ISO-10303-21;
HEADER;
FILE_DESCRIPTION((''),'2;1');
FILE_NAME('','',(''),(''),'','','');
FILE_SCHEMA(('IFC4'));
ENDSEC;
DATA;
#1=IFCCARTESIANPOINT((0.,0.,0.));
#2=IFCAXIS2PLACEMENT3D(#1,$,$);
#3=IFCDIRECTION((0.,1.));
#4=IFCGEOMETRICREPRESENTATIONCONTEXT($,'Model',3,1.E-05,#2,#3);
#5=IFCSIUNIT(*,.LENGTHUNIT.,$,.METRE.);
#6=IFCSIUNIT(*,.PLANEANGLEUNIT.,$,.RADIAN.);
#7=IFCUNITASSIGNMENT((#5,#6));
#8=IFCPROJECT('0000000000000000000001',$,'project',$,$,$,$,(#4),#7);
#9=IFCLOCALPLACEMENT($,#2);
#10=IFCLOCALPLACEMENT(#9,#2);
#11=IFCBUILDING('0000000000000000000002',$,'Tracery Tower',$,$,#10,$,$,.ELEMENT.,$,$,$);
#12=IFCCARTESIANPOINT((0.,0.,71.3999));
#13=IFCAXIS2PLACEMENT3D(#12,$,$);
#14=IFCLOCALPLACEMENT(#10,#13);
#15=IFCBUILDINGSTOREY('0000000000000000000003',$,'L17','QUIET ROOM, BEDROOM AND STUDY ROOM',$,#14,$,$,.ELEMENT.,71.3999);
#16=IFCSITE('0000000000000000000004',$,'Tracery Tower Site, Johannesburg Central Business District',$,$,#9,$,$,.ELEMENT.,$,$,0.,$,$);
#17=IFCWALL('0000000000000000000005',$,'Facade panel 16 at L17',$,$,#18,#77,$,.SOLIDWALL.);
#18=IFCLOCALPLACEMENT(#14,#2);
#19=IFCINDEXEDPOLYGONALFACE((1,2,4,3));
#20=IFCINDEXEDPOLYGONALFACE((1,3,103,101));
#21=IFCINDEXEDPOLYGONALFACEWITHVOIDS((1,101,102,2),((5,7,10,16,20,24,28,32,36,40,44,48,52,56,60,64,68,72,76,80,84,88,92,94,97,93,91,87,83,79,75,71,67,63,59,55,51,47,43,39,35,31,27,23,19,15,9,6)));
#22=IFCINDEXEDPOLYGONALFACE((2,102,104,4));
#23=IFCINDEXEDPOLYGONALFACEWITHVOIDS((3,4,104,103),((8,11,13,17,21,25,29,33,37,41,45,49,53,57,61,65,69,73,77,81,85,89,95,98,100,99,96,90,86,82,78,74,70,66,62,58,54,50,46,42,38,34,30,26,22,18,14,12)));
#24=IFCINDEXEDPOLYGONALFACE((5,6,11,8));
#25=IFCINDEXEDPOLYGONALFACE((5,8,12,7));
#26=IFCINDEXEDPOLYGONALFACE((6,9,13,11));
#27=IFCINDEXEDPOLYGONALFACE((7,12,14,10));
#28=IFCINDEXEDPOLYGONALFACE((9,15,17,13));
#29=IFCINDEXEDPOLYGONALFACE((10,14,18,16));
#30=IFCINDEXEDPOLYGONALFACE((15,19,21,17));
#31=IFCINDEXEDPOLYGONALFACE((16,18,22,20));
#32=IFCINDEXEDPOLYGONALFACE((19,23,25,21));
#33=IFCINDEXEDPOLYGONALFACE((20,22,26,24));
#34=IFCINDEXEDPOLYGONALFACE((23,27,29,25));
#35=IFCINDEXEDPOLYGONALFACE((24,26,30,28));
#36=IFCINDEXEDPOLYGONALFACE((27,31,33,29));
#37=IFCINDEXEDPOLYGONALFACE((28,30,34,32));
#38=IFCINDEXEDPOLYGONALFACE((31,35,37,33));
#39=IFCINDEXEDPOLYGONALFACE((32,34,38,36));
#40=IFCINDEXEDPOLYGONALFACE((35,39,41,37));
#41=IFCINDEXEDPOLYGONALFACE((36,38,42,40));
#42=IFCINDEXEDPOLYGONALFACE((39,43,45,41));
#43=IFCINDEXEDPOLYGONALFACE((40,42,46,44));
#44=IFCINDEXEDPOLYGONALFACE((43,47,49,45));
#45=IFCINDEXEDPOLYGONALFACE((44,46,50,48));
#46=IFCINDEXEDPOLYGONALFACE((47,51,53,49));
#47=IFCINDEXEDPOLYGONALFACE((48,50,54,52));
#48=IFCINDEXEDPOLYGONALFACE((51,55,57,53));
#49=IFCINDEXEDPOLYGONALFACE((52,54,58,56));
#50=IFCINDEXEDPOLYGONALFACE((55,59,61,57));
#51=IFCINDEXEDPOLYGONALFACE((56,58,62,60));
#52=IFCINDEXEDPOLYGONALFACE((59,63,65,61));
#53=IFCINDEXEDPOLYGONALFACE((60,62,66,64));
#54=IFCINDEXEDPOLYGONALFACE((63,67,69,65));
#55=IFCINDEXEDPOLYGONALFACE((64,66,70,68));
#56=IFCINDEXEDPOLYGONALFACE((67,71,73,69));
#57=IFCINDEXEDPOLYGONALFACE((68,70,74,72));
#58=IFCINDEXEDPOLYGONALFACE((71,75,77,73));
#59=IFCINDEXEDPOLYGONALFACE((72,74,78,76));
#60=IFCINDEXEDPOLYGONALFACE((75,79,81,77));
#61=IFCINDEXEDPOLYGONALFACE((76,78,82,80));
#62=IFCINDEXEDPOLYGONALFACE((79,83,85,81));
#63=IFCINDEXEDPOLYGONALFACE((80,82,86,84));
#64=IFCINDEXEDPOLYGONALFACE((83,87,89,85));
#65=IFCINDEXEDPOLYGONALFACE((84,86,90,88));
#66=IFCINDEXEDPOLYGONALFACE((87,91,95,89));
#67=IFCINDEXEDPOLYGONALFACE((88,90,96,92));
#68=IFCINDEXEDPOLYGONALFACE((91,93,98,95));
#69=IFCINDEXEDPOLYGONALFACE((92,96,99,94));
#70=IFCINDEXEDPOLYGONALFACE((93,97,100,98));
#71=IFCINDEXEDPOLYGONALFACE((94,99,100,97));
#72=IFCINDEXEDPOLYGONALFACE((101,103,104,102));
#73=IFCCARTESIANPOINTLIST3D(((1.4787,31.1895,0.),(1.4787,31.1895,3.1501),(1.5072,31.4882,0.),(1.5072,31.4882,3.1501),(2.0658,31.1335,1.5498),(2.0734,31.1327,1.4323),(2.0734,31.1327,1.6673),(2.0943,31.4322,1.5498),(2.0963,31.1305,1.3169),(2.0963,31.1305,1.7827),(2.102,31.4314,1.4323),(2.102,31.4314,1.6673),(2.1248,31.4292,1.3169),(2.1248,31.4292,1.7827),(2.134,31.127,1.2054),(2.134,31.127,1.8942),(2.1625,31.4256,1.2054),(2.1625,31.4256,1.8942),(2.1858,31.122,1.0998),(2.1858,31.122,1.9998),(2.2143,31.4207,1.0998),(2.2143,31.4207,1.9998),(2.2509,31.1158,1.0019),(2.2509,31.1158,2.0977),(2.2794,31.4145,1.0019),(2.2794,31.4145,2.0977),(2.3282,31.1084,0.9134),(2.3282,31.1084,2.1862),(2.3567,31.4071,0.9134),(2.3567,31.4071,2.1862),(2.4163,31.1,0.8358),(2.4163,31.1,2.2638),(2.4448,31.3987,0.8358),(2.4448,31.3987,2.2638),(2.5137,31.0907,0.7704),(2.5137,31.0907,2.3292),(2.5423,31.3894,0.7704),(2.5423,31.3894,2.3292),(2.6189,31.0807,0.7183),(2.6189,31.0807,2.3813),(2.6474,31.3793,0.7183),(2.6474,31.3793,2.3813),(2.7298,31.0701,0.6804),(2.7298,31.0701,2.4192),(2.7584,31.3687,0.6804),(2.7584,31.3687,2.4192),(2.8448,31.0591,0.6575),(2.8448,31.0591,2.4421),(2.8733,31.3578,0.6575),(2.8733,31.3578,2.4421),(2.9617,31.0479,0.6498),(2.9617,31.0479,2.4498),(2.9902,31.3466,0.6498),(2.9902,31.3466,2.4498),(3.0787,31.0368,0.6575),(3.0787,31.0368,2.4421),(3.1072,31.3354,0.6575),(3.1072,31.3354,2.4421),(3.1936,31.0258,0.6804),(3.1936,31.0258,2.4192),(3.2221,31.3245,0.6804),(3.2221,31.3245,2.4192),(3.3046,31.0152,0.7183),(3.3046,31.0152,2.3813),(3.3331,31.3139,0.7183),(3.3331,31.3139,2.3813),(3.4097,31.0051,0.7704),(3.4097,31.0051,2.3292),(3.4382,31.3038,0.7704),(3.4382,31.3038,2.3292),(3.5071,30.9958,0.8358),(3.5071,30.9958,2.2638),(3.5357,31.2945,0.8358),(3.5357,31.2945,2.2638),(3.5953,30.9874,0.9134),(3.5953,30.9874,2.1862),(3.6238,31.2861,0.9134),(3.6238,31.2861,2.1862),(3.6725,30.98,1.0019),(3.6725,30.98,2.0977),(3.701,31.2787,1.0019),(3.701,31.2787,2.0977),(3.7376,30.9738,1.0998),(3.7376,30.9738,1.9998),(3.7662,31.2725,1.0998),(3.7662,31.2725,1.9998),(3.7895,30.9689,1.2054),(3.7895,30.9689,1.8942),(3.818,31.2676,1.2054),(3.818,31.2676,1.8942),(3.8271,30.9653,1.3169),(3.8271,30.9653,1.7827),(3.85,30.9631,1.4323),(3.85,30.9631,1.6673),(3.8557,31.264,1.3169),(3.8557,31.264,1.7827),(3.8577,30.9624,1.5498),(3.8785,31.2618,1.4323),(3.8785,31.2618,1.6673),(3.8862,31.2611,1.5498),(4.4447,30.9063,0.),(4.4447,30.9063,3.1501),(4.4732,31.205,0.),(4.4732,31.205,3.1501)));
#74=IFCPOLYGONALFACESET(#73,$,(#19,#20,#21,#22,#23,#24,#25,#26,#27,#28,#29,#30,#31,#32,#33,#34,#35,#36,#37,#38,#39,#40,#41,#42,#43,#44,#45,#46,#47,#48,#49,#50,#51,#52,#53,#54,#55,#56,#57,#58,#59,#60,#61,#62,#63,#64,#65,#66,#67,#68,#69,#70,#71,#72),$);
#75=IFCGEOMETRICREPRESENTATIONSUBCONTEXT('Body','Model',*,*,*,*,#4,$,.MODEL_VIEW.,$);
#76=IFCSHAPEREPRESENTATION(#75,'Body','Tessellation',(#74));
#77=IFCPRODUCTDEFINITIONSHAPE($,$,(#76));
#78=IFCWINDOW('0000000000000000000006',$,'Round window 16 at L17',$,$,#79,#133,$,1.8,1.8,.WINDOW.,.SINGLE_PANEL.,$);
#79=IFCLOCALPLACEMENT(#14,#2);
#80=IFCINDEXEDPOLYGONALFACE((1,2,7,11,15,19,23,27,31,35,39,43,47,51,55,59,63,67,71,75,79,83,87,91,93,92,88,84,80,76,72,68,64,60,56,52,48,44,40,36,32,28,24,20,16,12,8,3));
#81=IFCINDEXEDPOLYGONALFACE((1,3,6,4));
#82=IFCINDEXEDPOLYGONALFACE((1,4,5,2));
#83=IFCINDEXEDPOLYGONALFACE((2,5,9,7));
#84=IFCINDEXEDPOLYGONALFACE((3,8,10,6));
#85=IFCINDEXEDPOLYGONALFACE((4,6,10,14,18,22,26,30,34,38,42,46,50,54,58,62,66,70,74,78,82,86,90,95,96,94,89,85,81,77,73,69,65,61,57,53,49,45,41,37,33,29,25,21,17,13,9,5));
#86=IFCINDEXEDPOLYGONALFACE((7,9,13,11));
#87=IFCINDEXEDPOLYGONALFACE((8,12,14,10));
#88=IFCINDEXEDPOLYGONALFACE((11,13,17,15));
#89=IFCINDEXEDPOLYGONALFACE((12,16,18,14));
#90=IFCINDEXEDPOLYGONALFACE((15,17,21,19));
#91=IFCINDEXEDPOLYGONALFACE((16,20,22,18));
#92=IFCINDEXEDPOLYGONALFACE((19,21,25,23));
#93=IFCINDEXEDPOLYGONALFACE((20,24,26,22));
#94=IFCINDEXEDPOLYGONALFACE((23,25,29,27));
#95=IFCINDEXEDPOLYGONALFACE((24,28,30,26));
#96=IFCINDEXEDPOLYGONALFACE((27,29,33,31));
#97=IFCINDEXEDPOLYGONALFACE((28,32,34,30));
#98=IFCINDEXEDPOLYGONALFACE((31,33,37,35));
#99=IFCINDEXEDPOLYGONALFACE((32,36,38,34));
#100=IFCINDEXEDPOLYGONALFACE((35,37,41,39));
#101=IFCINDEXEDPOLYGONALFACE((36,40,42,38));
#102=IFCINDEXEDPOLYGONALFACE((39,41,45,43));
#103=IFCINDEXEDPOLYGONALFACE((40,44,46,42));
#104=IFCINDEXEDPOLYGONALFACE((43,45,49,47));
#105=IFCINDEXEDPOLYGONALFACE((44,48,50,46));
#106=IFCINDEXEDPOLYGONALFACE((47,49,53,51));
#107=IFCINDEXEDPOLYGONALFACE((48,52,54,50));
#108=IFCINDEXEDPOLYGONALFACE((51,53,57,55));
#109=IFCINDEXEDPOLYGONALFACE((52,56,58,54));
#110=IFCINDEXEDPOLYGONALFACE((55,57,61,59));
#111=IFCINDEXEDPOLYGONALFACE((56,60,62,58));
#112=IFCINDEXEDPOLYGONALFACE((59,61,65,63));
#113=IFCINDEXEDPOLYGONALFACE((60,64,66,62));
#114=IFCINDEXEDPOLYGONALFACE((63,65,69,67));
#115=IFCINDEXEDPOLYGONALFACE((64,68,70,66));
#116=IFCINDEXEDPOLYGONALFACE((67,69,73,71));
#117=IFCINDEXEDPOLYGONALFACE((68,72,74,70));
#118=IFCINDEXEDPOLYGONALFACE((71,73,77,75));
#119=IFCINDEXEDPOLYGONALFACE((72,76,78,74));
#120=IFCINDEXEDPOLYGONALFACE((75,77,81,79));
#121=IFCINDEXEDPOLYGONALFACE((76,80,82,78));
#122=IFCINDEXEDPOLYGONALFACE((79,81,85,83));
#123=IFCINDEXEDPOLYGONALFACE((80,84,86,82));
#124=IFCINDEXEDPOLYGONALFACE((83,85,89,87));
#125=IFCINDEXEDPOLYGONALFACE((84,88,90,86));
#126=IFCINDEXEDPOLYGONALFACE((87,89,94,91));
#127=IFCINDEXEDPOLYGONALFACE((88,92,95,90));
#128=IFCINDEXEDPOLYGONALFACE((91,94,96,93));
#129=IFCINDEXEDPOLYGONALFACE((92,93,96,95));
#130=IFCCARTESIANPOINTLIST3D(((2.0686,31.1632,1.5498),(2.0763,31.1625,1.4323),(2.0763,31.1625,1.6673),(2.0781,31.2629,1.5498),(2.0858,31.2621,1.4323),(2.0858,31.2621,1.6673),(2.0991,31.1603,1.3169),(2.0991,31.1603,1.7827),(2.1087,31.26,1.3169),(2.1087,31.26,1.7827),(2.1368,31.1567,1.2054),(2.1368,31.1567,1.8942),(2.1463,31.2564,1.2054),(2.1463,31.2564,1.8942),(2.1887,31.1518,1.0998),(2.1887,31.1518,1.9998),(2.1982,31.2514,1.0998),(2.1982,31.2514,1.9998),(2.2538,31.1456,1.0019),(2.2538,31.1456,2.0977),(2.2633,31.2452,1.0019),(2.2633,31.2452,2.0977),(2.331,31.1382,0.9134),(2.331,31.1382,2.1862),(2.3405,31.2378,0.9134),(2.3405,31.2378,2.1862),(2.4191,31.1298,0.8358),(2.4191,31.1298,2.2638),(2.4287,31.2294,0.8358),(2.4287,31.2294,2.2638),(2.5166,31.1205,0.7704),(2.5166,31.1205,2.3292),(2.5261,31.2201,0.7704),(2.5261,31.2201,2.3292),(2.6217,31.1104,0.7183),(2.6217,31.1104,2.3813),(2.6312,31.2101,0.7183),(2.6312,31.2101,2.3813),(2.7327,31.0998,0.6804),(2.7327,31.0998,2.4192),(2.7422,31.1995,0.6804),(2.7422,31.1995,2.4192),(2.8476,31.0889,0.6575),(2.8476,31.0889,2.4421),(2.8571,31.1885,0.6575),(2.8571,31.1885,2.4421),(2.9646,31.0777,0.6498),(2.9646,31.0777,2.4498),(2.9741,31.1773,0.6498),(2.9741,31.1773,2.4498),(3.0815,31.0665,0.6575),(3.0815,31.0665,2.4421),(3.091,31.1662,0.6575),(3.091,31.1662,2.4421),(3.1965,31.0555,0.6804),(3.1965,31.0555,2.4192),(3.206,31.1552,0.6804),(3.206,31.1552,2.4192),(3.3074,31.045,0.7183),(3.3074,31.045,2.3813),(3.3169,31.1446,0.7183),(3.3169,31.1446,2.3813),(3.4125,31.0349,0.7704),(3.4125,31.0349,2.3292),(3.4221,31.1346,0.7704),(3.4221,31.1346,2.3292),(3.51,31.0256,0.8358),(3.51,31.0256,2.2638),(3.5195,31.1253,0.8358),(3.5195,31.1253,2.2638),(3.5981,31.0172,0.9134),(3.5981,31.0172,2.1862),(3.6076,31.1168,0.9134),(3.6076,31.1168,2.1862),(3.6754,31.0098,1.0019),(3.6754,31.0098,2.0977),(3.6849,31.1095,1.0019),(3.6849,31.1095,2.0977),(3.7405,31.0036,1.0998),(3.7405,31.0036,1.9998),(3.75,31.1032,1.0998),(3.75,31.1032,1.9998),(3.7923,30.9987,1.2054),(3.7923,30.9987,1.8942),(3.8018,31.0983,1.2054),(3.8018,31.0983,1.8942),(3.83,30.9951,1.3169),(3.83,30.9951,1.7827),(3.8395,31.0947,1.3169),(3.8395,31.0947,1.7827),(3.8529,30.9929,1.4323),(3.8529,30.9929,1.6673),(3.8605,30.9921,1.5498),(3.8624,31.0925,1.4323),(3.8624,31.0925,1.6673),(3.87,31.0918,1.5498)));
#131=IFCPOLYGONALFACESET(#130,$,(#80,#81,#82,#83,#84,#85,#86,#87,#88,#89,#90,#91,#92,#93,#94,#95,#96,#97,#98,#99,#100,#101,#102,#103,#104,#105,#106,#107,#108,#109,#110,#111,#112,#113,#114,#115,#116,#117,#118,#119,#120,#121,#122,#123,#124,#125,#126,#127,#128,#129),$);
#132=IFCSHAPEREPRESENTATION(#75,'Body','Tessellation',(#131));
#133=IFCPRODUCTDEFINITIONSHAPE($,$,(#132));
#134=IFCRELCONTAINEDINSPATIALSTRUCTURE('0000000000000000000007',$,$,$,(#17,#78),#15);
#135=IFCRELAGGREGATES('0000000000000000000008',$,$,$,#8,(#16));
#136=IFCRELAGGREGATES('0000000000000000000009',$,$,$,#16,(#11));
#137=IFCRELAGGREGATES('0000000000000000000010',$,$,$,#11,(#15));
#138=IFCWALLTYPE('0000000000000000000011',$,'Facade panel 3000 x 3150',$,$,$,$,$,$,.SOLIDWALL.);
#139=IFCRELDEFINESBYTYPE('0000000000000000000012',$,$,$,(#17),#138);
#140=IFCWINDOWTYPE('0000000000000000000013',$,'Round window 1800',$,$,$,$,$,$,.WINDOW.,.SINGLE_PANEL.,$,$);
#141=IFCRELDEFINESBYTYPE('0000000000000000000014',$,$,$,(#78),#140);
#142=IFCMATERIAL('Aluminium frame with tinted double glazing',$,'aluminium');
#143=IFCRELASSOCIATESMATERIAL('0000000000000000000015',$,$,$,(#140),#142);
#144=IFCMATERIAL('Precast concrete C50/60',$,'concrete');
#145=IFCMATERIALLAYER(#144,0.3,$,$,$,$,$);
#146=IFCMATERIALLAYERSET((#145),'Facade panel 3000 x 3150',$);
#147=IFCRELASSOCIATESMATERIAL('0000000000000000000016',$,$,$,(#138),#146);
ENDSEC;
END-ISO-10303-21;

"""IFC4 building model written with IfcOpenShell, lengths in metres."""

from ifc_helpers import new_model, si_unit, direction, frame, frame_2d, origin, origin_2d, place, context, subcontext, project, spatial, rectangle, circle, extrude, material, layer, layer_set, type_object, element, fill, save


model = new_model("IFC4")

# Units and contexts
model_context = context("Model", 3, precision=1e-05, world=origin(), true_north=direction((0.0, 1.0)))
body_context = subcontext(model_context, "Body", "Model", "MODEL_VIEW")
ifc_project = project(units=[si_unit("LENGTHUNIT", "METRE"), si_unit("PLANEANGLEUNIT", "RADIAN")], contexts=[model_context])

# Site, building, storey
site_placement = place(None, origin())
site = spatial("IfcSite", under=ifc_project, at=site_placement, Name="Tracery Tower Site, Johannesburg Central Business District", CompositionType="ELEMENT", RefElevation=0.0)
building_placement = place(site_placement, origin())
building = spatial("IfcBuilding", under=site, at=building_placement, Name="Tracery Tower", CompositionType="ELEMENT")
storey_placement = place(building_placement, frame((0.0, 0.0, 71.3999)))
storey = spatial("IfcBuildingStorey", under=building, at=storey_placement, Name="L17", Description="QUIET ROOM, BEDROOM AND STUDY ROOM", CompositionType="ELEMENT", Elevation=71.3999)

# Wall, opening, window
ifc_material_1 = material(Name="Aluminium frame with tinted double glazing", Category="aluminium")
window_type = type_object("IfcWindowType", Name="Round window 1800", PartitioningType="SINGLE_PANEL", PredefinedType="WINDOW", material=ifc_material_1)
ifc_material_2 = material(Name="Precast concrete C50/60", Category="concrete")
ifc_layer_1 = layer(ifc_material_2, 0.3)
ifc_layer_set_1 = layer_set([ifc_layer_1], Name="Facade panel 3000 x 3150")
wall_type_1 = type_object("IfcWallType", Name="Facade panel 3000 x 3150", PredefinedType="SOLIDWALL", material=ifc_layer_set_1)
wall_1_placement = place(storey_placement, frame((4.459, 31.0557, 0.0), z_axis=(0.0, 0.0, 1.0), x_axis=(-0.995473, 0.095049, 0.0)))
wall_1 = element("IfcWall", 1, at=wall_1_placement, inside=storey, type_object=wall_type_1, Name="Facade panel 16 at L17", PredefinedType="SOLIDWALL", context=body_context, shape_type="SweptSolid", body=[
    extrude(rectangle(XDim=2.9795, YDim=0.3, at=frame_2d((1.4897, 0.0))), origin(), (0.0, 0.0, 1.0), 3.1501),
])
opening_1_placement = place(wall_1_placement, frame((1.4897, 0.0, 1.5498)))
opening_1 = element("IfcOpeningElement", 2, at=opening_1_placement, cuts=wall_1, PredefinedType="OPENING", context=body_context, shape_type="SweptSolid", body=[
    extrude(circle(Radius=0.9, at=origin_2d()), frame((0.0, 0.1599, 0.0), z_axis=(0.0, -1.0, 0.0), x_axis=(1.0, 0.0, 0.0)), (0.0, 0.0, 1.0), 0.3201),
])
window_1_placement = place(opening_1_placement, origin())
window_1 = element("IfcWindow", 3, at=window_1_placement, inside=storey, type_object=window_type, Name="Round window 16 at L17", OverallHeight=1.8, OverallWidth=1.8, PartitioningType="SINGLE_PANEL", PredefinedType="WINDOW", context=body_context, shape_type="SweptSolid", body=[
    extrude(circle(Radius=0.9, at=origin_2d()), frame((0.0, 0.1201, 0.0), z_axis=(0.0, -1.0, 0.0), x_axis=(1.0, 0.0, 0.0)), (0.0, 0.0, 1.0), 0.1001),
])
fill(opening_1, window_1)

save(model, "model.ifc")
